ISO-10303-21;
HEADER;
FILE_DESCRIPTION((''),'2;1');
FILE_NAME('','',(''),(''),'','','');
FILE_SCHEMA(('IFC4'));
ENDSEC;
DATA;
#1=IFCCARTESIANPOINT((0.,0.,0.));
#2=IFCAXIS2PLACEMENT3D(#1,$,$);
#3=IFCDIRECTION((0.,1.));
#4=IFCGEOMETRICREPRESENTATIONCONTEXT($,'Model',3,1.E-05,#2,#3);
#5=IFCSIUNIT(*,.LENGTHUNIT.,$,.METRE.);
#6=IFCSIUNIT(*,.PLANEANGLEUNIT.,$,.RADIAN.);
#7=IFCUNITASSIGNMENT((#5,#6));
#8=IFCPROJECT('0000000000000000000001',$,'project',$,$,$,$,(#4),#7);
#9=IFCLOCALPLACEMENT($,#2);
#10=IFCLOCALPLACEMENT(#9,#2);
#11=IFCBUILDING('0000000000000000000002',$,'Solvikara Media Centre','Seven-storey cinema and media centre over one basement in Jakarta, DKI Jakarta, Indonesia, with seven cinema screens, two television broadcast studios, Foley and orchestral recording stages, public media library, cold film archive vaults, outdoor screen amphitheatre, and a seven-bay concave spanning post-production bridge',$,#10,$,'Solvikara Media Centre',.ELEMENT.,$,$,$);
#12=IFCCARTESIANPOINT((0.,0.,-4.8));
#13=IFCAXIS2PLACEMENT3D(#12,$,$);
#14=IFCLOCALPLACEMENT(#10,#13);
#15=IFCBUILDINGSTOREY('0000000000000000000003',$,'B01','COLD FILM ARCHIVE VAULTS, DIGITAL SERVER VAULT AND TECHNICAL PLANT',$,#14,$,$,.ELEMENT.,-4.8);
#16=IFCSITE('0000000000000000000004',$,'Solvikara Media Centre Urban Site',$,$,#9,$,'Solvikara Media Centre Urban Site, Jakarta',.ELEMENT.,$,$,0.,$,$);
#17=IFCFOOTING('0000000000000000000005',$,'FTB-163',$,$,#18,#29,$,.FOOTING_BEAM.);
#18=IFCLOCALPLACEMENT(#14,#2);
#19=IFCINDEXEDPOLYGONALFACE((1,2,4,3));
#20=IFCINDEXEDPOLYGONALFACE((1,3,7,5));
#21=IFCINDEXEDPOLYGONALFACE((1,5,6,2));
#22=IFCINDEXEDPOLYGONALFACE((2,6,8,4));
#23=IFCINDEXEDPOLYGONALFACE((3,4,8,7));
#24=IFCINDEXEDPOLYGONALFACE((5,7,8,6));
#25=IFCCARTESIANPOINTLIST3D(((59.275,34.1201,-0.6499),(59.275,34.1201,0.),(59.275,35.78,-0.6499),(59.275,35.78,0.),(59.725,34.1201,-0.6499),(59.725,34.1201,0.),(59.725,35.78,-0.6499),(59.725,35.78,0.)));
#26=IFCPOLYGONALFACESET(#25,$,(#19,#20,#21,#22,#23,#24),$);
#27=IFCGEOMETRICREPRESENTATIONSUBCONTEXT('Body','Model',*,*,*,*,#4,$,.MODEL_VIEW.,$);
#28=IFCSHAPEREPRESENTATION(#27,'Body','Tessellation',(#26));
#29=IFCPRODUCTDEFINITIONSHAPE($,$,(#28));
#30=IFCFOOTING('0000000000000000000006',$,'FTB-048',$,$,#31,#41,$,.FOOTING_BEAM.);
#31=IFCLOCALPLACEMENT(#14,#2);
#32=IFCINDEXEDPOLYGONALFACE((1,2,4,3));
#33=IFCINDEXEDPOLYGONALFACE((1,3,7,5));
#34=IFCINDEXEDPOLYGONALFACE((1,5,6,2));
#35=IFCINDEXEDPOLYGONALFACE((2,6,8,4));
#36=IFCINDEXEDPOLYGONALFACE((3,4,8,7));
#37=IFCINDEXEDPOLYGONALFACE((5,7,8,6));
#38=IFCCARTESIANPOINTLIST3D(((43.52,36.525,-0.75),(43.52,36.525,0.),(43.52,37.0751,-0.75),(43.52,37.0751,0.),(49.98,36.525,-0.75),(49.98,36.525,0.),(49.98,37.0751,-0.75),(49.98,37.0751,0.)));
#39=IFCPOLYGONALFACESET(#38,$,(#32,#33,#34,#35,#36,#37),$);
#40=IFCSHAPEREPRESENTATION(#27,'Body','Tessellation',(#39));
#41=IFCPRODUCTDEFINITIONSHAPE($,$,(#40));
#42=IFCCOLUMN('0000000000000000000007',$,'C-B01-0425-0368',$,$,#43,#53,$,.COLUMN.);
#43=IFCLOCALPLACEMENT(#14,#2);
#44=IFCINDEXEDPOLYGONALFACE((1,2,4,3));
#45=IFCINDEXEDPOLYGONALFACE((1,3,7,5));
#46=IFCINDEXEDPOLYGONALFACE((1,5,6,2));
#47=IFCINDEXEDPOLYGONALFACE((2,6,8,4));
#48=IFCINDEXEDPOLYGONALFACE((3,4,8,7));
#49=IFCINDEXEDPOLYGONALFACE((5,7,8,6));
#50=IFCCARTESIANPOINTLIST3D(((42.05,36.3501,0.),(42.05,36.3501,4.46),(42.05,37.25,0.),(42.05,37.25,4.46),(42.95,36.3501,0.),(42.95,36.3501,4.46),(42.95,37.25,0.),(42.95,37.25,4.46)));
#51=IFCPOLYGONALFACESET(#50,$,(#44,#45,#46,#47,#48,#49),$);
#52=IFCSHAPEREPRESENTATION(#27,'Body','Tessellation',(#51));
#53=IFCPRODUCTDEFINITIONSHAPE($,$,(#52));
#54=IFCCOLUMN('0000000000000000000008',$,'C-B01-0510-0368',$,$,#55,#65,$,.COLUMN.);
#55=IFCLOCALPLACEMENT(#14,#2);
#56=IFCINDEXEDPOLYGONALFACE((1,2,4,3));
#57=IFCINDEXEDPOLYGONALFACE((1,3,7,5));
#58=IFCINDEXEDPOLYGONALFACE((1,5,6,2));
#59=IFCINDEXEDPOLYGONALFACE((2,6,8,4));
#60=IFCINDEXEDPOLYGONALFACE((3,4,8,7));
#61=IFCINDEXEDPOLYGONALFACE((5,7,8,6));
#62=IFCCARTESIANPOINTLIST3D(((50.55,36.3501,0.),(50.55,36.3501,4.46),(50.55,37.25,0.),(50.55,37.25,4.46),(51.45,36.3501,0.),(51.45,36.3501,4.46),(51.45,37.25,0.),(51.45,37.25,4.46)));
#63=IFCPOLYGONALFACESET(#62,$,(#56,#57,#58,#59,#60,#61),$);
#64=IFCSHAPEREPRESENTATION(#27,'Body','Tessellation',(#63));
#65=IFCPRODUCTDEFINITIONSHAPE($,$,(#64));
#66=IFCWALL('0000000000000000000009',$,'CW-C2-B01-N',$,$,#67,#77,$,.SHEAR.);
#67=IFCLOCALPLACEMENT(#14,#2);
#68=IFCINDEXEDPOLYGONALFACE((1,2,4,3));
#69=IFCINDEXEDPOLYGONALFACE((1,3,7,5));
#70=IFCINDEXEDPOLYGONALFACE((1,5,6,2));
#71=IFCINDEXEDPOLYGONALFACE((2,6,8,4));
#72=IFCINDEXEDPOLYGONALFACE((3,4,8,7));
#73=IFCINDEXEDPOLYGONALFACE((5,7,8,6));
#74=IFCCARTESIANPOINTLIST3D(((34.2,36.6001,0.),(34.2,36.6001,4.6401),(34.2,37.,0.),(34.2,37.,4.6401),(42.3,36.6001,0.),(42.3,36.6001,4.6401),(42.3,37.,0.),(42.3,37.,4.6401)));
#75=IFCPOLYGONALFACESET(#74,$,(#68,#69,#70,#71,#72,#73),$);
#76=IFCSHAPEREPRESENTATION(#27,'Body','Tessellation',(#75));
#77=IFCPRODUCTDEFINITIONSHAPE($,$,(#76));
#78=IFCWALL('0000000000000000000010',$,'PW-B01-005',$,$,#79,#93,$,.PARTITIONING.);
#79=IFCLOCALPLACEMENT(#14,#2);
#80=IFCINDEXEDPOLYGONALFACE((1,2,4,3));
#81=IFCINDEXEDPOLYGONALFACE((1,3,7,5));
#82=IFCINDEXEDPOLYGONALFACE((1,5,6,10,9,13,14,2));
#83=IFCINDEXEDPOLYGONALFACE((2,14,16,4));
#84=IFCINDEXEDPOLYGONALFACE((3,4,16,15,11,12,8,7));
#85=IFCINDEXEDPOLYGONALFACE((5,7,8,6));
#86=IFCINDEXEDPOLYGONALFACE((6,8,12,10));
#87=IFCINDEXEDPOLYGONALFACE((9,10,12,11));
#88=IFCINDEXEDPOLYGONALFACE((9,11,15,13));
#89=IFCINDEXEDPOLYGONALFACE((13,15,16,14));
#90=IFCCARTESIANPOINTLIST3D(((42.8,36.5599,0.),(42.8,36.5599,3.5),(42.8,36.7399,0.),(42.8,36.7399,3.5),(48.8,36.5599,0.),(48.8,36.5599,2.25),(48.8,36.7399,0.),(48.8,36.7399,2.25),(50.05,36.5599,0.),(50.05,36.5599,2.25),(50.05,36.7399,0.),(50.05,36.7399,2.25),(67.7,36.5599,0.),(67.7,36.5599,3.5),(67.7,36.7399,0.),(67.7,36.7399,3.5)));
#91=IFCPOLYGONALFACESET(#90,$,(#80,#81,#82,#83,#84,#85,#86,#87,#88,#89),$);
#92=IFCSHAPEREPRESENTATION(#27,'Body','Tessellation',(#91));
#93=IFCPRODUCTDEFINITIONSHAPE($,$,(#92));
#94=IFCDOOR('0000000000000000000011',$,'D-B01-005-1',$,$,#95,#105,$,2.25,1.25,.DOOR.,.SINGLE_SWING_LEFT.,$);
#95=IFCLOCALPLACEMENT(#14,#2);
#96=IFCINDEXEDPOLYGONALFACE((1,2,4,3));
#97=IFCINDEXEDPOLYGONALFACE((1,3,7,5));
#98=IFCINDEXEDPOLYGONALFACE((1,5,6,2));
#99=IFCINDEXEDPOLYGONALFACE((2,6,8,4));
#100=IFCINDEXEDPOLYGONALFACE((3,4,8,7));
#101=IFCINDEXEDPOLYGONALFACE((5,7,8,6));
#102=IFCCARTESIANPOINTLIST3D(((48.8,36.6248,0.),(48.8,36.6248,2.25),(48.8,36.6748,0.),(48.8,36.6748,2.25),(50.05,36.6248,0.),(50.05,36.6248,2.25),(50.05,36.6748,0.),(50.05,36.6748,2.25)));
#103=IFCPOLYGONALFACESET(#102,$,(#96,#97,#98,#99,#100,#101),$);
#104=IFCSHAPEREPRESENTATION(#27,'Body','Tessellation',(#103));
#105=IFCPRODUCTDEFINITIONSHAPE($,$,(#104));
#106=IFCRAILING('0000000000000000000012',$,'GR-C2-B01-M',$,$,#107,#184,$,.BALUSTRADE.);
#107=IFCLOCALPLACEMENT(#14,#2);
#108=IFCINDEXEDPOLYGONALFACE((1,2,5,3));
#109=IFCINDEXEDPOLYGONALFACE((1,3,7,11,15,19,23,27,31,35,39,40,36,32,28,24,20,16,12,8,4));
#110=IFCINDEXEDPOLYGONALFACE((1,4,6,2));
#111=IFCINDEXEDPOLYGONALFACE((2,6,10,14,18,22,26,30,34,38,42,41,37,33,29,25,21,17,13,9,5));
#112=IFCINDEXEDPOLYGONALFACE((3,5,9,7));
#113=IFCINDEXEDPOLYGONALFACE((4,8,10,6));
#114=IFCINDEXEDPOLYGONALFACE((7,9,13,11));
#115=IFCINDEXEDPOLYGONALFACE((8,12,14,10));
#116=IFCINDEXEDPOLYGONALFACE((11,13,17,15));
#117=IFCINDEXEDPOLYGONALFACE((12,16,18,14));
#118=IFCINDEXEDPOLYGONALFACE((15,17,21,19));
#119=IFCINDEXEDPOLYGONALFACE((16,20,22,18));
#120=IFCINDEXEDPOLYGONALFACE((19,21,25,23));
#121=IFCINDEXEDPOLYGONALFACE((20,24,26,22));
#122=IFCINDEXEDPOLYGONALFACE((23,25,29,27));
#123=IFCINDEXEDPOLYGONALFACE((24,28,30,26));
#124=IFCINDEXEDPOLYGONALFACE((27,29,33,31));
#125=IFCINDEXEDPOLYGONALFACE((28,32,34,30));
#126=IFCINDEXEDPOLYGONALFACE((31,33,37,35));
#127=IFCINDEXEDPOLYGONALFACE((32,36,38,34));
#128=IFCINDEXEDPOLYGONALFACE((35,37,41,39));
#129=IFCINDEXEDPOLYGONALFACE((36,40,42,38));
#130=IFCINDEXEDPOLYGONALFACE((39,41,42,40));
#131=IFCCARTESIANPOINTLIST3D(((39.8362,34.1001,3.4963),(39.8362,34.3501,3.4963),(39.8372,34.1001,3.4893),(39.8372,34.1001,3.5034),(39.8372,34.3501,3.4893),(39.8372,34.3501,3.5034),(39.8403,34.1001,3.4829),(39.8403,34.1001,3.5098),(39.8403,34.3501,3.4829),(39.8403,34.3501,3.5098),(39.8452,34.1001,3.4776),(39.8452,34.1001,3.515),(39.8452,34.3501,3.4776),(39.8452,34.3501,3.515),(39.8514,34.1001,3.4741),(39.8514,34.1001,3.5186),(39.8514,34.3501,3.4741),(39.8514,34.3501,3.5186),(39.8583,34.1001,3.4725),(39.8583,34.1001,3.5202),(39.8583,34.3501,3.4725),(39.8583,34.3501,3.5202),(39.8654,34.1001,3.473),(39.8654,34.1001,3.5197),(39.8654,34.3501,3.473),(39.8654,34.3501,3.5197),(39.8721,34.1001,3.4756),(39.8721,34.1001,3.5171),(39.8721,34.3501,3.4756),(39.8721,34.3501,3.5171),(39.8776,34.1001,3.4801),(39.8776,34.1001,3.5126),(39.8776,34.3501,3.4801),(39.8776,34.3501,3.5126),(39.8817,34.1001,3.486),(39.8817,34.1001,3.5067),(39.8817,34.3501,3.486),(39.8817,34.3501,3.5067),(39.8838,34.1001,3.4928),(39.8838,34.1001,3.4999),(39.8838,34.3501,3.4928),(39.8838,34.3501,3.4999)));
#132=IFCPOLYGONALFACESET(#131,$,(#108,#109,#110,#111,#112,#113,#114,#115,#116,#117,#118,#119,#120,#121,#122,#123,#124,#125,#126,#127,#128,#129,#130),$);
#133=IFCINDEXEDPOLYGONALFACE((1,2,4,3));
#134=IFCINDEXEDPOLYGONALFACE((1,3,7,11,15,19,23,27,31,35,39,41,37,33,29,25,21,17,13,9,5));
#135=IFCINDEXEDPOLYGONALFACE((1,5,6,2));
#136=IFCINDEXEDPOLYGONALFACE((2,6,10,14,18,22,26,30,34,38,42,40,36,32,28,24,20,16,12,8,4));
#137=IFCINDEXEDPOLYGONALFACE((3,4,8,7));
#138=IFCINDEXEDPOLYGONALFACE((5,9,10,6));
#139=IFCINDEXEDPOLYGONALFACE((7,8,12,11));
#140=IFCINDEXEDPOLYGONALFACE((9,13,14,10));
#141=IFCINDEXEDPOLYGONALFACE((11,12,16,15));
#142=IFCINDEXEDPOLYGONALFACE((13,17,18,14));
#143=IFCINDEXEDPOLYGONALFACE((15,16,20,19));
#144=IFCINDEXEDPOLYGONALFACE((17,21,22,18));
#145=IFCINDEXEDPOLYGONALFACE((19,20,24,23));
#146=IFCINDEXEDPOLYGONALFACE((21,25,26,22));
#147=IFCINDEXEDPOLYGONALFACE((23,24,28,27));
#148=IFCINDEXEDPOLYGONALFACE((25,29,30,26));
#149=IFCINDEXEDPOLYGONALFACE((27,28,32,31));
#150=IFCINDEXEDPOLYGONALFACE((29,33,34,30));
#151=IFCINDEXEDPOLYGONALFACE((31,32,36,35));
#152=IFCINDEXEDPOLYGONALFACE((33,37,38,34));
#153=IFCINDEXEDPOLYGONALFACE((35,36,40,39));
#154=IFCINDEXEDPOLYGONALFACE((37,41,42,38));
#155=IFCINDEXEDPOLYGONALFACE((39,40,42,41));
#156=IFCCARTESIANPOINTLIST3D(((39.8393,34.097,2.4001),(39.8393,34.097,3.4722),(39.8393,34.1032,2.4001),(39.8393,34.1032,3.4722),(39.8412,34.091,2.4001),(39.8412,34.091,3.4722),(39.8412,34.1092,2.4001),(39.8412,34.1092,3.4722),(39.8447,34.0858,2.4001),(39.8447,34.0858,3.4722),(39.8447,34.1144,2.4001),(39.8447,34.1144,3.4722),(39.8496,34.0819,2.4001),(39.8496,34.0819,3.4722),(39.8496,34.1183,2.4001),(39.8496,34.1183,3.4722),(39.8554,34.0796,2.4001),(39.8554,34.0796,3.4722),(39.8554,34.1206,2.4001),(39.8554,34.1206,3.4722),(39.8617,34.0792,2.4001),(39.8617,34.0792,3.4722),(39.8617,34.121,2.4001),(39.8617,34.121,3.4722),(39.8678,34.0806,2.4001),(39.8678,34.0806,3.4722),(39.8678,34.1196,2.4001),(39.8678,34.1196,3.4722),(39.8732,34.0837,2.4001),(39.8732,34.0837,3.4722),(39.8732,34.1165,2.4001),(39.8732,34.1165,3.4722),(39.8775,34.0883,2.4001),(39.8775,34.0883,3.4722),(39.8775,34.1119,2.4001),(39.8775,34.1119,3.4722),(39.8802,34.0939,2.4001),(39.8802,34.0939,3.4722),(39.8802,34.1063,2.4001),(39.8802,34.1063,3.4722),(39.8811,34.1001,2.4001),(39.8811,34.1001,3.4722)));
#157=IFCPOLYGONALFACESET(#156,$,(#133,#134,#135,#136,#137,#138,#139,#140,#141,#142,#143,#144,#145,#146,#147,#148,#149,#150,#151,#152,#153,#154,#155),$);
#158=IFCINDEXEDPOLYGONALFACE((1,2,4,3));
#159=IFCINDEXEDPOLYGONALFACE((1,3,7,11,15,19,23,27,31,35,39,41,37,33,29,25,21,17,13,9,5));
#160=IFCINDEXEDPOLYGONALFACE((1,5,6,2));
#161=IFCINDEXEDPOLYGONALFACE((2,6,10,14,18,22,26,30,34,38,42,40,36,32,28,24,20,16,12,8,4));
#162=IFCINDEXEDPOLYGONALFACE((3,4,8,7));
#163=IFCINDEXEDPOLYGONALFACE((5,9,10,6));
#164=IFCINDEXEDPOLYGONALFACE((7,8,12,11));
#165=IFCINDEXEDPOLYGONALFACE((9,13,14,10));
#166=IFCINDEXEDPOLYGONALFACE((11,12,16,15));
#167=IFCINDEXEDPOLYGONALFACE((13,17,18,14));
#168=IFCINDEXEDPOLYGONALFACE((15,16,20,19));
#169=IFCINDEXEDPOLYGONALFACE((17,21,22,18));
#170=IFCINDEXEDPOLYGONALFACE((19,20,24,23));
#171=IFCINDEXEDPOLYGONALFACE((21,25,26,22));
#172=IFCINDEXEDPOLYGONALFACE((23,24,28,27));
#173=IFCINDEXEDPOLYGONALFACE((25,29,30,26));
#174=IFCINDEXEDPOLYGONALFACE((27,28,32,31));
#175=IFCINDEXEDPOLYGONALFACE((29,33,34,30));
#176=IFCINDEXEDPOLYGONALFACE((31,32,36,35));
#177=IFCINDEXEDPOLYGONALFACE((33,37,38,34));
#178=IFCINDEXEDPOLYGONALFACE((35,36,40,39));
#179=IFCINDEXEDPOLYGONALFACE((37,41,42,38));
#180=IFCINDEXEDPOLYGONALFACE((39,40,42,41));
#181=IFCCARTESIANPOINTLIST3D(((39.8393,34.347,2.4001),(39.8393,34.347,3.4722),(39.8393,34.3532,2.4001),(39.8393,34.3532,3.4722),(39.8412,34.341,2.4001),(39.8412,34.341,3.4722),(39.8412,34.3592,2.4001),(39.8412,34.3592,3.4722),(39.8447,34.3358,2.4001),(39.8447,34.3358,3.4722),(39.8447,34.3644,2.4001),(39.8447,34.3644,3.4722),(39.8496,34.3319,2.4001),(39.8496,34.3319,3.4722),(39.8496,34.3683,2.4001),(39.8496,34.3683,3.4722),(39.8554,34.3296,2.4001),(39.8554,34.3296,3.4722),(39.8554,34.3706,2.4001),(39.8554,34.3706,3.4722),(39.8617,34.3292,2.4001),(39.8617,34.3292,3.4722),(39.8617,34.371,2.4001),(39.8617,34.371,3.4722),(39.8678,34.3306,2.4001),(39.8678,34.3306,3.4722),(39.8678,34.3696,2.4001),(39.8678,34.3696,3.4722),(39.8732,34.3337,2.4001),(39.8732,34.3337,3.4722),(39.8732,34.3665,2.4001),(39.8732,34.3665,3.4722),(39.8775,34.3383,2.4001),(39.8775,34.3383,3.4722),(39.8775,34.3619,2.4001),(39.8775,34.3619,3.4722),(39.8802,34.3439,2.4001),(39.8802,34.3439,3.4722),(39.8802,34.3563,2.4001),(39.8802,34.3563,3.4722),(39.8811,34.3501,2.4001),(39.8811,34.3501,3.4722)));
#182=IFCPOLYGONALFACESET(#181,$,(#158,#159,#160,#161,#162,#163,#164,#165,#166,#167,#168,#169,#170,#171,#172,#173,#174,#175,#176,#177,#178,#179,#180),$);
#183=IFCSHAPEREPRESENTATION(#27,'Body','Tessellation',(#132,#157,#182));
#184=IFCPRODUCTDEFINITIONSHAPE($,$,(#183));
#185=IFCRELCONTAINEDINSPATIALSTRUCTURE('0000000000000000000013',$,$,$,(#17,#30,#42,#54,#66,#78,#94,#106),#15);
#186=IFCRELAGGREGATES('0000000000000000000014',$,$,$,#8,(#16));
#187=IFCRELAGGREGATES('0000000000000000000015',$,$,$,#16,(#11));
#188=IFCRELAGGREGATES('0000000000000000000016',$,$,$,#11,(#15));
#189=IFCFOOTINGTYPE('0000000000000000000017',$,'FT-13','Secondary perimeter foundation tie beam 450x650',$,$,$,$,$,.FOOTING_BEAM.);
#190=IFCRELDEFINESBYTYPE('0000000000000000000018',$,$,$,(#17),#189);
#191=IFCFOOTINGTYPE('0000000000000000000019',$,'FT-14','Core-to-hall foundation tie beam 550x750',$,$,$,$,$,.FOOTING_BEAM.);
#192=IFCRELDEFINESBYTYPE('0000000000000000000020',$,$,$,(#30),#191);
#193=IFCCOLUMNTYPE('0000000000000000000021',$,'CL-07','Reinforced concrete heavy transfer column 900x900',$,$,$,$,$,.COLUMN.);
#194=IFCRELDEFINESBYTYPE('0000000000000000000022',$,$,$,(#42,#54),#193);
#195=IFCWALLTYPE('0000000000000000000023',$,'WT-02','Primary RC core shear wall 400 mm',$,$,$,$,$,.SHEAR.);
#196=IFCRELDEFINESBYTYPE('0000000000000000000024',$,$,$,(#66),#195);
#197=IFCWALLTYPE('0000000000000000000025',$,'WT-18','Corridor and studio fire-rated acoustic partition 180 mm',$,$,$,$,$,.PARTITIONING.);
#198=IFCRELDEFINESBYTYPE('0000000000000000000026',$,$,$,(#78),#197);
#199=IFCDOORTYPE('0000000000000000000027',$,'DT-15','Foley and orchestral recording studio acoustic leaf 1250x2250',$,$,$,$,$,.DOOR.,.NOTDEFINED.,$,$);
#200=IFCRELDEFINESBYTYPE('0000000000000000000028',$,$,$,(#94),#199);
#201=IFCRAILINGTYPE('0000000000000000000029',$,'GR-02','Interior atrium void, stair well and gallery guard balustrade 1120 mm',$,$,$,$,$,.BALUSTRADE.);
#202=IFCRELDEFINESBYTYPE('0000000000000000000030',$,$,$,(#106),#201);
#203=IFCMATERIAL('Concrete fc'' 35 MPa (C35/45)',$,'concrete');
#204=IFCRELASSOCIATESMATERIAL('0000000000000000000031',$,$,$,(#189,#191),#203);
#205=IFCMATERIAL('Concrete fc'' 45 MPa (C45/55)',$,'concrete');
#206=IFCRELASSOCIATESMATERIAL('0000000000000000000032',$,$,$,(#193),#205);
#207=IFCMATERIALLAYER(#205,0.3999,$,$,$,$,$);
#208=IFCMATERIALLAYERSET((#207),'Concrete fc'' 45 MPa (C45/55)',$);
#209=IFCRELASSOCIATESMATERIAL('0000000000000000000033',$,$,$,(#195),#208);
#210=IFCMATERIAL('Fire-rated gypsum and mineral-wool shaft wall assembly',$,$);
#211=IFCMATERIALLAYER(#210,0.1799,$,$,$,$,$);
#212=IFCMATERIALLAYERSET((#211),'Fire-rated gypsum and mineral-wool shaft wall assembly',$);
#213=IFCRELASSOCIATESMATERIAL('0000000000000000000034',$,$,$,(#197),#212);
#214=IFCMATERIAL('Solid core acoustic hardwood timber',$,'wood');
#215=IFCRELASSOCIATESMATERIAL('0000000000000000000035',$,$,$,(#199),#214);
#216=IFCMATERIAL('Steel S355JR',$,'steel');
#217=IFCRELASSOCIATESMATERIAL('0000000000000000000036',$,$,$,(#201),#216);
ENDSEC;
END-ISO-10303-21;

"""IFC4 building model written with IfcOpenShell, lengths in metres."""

from ifc_helpers import new_model, si_unit, direction, frame, frame_2d, origin, origin_2d, place, context, subcontext, project, spatial, rectangle, circle, extrude, material, layer, layer_set, material_profile, profile_set, type_object, element, fill, save


model = new_model("IFC4")

# Units and contexts
model_context = context("Model", 3, precision=1e-05, world=origin(), true_north=direction((0.0, 1.0)))
body_context = subcontext(model_context, "Body", "Model", "MODEL_VIEW")
ifc_project = project(units=[si_unit("LENGTHUNIT", "METRE"), si_unit("PLANEANGLEUNIT", "RADIAN")], contexts=[model_context])

# Site, building, storey
site_placement = place(None, origin())
site = spatial("IfcSite", under=ifc_project, at=site_placement, Name="Solvikara Media Centre Urban Site", LongName="Solvikara Media Centre Urban Site, Jakarta", CompositionType="ELEMENT", RefElevation=0.0)
building_placement = place(site_placement, origin())
building = spatial("IfcBuilding", under=site, at=building_placement, Name="Solvikara Media Centre", Description="Seven-storey cinema and media centre over one basement in Jakarta, DKI Jakarta, Indonesia, with seven cinema screens, two television broadcast studios, Foley and orchestral recording stages, public media library, cold film archive vaults, outdoor screen amphitheatre, and a seven-bay concave spanning post-production bridge", LongName="Solvikara Media Centre", CompositionType="ELEMENT")
storey_placement = place(building_placement, frame((0.0, 0.0, -4.8)))
storey = spatial("IfcBuildingStorey", under=building, at=storey_placement, Name="B01", Description="COLD FILM ARCHIVE VAULTS, DIGITAL SERVER VAULT AND TECHNICAL PLANT", CompositionType="ELEMENT", Elevation=-4.8)

# Shared definitions
ifc_material_1 = material(Name="Concrete fc' 35 MPa (C35/45)", Category="concrete")

# Footings
ifc_material_profile_1 = material_profile(ifc_material_1, rectangle(XDim=0.45, YDim=0.6499, at=origin_2d()), Name="RC 450x650")
ifc_profile_set_1 = profile_set([ifc_material_profile_1], Name="Concrete fc' 35 MPa (C35/45)")
footing_type_1 = type_object("IfcFootingType", Name="FT-13", Description="Secondary perimeter foundation tie beam 450x650", PredefinedType="FOOTING_BEAM", material=ifc_profile_set_1)
footing_1_placement = place(storey_placement, frame((59.5, 34.1201, -0.325), z_axis=(0.0, 1.0, 0.0), x_axis=(-1.0, 0.0, 0.0)))
element("IfcFooting", 1, at=footing_1_placement, inside=storey, type_object=footing_type_1, Name="FTB-163", PredefinedType="FOOTING_BEAM", context=body_context, shape_type="SweptSolid", body=[
    extrude(rectangle(XDim=0.45, YDim=0.6499, at=origin_2d()), origin(), (0.0, 0.0, 1.0), 1.6599),
])
ifc_material_profile_2 = material_profile(ifc_material_1, rectangle(XDim=0.55, YDim=0.75, at=origin_2d()), Name="RC 550x750")
ifc_profile_set_2 = profile_set([ifc_material_profile_2], Name="Concrete fc' 35 MPa (C35/45)")
footing_type_2 = type_object("IfcFootingType", Name="FT-14", Description="Core-to-hall foundation tie beam 550x750", PredefinedType="FOOTING_BEAM", material=ifc_profile_set_2)
footing_2_placement = place(storey_placement, frame((43.52, 36.8, -0.375), z_axis=(1.0, 0.0, 0.0), x_axis=(0.0, 1.0, 0.0)))
element("IfcFooting", 2, at=footing_2_placement, inside=storey, type_object=footing_type_2, Name="FTB-048", PredefinedType="FOOTING_BEAM", context=body_context, shape_type="SweptSolid", body=[
    extrude(rectangle(XDim=0.55, YDim=0.75, at=origin_2d()), origin(), (0.0, 0.0, 1.0), 6.46),
])

# Columns
ifc_material_2 = material(Name="Concrete fc' 45 MPa (C45/55)", Category="concrete")
ifc_material_profile_3 = material_profile(ifc_material_2, rectangle(XDim=0.8999, YDim=0.8999, at=origin_2d()), Name="RC 900x900")
ifc_profile_set_3 = profile_set([ifc_material_profile_3], Name="Concrete fc' 45 MPa (C45/55)")
column_type = type_object("IfcColumnType", Name="CL-07", Description="Reinforced concrete heavy transfer column 900x900", PredefinedType="COLUMN", material=ifc_profile_set_3)
for number, where, z_axis, x_axis, name in (
    (3, (42.5, 36.8, 0.0), (0.0, 0.0, 1.0), (1.0, 0.0, 0.0), "C-B01-0425-0368"),
    (4, (51.0, 36.8, 0.0), (0.0, 0.0, 1.0), (1.0, 0.0, 0.0), "C-B01-0510-0368"),
):
    element("IfcColumn", number, at=place(storey_placement, frame(where, z_axis=z_axis, x_axis=x_axis)), inside=storey, type_object=column_type, Name=name, PredefinedType="COLUMN", context=body_context, shape_type="SweptSolid", body=[
        extrude(rectangle(XDim=0.8999, YDim=0.8999, at=origin_2d()), origin(), (0.0, 0.0, 1.0), 4.46),
    ])

# Wall
ifc_layer_1 = layer(ifc_material_2, 0.3999)
ifc_layer_set_1 = layer_set([ifc_layer_1], Name="Concrete fc' 45 MPa (C45/55)")
wall_type_1 = type_object("IfcWallType", Name="WT-02", Description="Primary RC core shear wall 400 mm", PredefinedType="SHEAR", material=ifc_layer_set_1)
wall_1_placement = place(storey_placement, frame((34.2, 36.8, 0.0), z_axis=(0.0, 0.0, 1.0), x_axis=(1.0, 0.0, 0.0)))
element("IfcWall", 5, at=wall_1_placement, inside=storey, type_object=wall_type_1, Name="CW-C2-B01-N", PredefinedType="SHEAR", context=body_context, shape_type="SweptSolid", body=[
    extrude(rectangle(XDim=8.1001, YDim=0.3999, at=frame_2d((4.05, 0.0))), origin(), (0.0, 0.0, 1.0), 4.6401),
])

# Wall, opening, door
ifc_material_3 = material(Name="Fire-rated gypsum and mineral-wool shaft wall assembly")
ifc_layer_2 = layer(ifc_material_3, 0.1799)
ifc_layer_set_2 = layer_set([ifc_layer_2], Name="Fire-rated gypsum and mineral-wool shaft wall assembly")
wall_type_2 = type_object("IfcWallType", Name="WT-18", Description="Corridor and studio fire-rated acoustic partition 180 mm", PredefinedType="PARTITIONING", material=ifc_layer_set_2)
wall_2_placement = place(storey_placement, frame((42.8, 36.6499, 0.0), z_axis=(0.0, 0.0, 1.0), x_axis=(1.0, 0.0, 0.0)))
wall_2 = element("IfcWall", 6, at=wall_2_placement, inside=storey, type_object=wall_type_2, Name="PW-B01-005", PredefinedType="PARTITIONING", context=body_context, shape_type="SweptSolid", body=[
    extrude(rectangle(XDim=24.8999, YDim=0.1799, at=frame_2d((12.45, 0.0))), origin(), (0.0, 0.0, 1.0), 3.5),
])
opening_placement = place(wall_2_placement, frame((6.0, 0.0, 0.0)))
opening = element("IfcOpeningElement", 7, at=opening_placement, cuts=wall_2, PredefinedType="OPENING", context=body_context, shape_type="SweptSolid", body=[
    extrude(rectangle(XDim=1.25, YDim=2.25, at=frame_2d((0.625, 1.125))), frame((0.0, 0.1021, 0.0), z_axis=(0.0, -1.0, 0.0), x_axis=(1.0, 0.0, 0.0)), (0.0, 0.0, 1.0), 0.2039),
])
ifc_material_4 = material(Name="Solid core acoustic hardwood timber", Category="wood")
door_type = type_object("IfcDoorType", Name="DT-15", Description="Foley and orchestral recording studio acoustic leaf 1250x2250", OperationType="NOTDEFINED", PredefinedType="DOOR", material=ifc_material_4)
door_placement = place(opening_placement, origin())
door = element("IfcDoor", 8, at=door_placement, inside=storey, type_object=door_type, Name="D-B01-005-1", OperationType="SINGLE_SWING_LEFT", OverallHeight=2.25, OverallWidth=1.25, PredefinedType="DOOR", context=body_context, shape_type="SweptSolid", body=[
    extrude(rectangle(XDim=1.25, YDim=2.25, at=frame_2d((0.625, 1.125))), frame((0.0, 0.0249, 0.0), z_axis=(0.0, -1.0, 0.0), x_axis=(1.0, 0.0, 0.0)), (0.0, 0.0, 1.0), 0.05),
])
fill(opening, door)

# Railing
ifc_material_5 = material(Name="Steel S355JR", Category="steel")
railing_type_1 = type_object("IfcRailingType", Name="GR-02", Description="Interior atrium void, stair well and gallery guard balustrade 1120 mm", PredefinedType="BALUSTRADE", material=ifc_material_5)
railing_1_placement = place(storey_placement, frame((39.8601, 34.1001, 2.4001)))
element("IfcRailing", 9, at=railing_1_placement, inside=storey, type_object=railing_type_1, Name="GR-C2-B01-M", PredefinedType="BALUSTRADE", context=body_context, shape_type="SweptSolid", body=[
    extrude(circle(Radius=0.0239, at=origin_2d()), frame((0.0, 0.0, 1.0962), z_axis=(0.0, 1.0, 0.0), x_axis=(-1.0, 0.0, 0.0)), (0.0, 0.0, 1.0), 0.25),
    extrude(circle(Radius=0.021, at=origin_2d()), origin(), (0.0, 0.0, 1.0), 1.072),
    extrude(circle(Radius=0.021, at=origin_2d()), frame((0.0, 0.25, 0.0)), (0.0, 0.0, 1.0), 1.072),
])

save(model, "model.ifc")
